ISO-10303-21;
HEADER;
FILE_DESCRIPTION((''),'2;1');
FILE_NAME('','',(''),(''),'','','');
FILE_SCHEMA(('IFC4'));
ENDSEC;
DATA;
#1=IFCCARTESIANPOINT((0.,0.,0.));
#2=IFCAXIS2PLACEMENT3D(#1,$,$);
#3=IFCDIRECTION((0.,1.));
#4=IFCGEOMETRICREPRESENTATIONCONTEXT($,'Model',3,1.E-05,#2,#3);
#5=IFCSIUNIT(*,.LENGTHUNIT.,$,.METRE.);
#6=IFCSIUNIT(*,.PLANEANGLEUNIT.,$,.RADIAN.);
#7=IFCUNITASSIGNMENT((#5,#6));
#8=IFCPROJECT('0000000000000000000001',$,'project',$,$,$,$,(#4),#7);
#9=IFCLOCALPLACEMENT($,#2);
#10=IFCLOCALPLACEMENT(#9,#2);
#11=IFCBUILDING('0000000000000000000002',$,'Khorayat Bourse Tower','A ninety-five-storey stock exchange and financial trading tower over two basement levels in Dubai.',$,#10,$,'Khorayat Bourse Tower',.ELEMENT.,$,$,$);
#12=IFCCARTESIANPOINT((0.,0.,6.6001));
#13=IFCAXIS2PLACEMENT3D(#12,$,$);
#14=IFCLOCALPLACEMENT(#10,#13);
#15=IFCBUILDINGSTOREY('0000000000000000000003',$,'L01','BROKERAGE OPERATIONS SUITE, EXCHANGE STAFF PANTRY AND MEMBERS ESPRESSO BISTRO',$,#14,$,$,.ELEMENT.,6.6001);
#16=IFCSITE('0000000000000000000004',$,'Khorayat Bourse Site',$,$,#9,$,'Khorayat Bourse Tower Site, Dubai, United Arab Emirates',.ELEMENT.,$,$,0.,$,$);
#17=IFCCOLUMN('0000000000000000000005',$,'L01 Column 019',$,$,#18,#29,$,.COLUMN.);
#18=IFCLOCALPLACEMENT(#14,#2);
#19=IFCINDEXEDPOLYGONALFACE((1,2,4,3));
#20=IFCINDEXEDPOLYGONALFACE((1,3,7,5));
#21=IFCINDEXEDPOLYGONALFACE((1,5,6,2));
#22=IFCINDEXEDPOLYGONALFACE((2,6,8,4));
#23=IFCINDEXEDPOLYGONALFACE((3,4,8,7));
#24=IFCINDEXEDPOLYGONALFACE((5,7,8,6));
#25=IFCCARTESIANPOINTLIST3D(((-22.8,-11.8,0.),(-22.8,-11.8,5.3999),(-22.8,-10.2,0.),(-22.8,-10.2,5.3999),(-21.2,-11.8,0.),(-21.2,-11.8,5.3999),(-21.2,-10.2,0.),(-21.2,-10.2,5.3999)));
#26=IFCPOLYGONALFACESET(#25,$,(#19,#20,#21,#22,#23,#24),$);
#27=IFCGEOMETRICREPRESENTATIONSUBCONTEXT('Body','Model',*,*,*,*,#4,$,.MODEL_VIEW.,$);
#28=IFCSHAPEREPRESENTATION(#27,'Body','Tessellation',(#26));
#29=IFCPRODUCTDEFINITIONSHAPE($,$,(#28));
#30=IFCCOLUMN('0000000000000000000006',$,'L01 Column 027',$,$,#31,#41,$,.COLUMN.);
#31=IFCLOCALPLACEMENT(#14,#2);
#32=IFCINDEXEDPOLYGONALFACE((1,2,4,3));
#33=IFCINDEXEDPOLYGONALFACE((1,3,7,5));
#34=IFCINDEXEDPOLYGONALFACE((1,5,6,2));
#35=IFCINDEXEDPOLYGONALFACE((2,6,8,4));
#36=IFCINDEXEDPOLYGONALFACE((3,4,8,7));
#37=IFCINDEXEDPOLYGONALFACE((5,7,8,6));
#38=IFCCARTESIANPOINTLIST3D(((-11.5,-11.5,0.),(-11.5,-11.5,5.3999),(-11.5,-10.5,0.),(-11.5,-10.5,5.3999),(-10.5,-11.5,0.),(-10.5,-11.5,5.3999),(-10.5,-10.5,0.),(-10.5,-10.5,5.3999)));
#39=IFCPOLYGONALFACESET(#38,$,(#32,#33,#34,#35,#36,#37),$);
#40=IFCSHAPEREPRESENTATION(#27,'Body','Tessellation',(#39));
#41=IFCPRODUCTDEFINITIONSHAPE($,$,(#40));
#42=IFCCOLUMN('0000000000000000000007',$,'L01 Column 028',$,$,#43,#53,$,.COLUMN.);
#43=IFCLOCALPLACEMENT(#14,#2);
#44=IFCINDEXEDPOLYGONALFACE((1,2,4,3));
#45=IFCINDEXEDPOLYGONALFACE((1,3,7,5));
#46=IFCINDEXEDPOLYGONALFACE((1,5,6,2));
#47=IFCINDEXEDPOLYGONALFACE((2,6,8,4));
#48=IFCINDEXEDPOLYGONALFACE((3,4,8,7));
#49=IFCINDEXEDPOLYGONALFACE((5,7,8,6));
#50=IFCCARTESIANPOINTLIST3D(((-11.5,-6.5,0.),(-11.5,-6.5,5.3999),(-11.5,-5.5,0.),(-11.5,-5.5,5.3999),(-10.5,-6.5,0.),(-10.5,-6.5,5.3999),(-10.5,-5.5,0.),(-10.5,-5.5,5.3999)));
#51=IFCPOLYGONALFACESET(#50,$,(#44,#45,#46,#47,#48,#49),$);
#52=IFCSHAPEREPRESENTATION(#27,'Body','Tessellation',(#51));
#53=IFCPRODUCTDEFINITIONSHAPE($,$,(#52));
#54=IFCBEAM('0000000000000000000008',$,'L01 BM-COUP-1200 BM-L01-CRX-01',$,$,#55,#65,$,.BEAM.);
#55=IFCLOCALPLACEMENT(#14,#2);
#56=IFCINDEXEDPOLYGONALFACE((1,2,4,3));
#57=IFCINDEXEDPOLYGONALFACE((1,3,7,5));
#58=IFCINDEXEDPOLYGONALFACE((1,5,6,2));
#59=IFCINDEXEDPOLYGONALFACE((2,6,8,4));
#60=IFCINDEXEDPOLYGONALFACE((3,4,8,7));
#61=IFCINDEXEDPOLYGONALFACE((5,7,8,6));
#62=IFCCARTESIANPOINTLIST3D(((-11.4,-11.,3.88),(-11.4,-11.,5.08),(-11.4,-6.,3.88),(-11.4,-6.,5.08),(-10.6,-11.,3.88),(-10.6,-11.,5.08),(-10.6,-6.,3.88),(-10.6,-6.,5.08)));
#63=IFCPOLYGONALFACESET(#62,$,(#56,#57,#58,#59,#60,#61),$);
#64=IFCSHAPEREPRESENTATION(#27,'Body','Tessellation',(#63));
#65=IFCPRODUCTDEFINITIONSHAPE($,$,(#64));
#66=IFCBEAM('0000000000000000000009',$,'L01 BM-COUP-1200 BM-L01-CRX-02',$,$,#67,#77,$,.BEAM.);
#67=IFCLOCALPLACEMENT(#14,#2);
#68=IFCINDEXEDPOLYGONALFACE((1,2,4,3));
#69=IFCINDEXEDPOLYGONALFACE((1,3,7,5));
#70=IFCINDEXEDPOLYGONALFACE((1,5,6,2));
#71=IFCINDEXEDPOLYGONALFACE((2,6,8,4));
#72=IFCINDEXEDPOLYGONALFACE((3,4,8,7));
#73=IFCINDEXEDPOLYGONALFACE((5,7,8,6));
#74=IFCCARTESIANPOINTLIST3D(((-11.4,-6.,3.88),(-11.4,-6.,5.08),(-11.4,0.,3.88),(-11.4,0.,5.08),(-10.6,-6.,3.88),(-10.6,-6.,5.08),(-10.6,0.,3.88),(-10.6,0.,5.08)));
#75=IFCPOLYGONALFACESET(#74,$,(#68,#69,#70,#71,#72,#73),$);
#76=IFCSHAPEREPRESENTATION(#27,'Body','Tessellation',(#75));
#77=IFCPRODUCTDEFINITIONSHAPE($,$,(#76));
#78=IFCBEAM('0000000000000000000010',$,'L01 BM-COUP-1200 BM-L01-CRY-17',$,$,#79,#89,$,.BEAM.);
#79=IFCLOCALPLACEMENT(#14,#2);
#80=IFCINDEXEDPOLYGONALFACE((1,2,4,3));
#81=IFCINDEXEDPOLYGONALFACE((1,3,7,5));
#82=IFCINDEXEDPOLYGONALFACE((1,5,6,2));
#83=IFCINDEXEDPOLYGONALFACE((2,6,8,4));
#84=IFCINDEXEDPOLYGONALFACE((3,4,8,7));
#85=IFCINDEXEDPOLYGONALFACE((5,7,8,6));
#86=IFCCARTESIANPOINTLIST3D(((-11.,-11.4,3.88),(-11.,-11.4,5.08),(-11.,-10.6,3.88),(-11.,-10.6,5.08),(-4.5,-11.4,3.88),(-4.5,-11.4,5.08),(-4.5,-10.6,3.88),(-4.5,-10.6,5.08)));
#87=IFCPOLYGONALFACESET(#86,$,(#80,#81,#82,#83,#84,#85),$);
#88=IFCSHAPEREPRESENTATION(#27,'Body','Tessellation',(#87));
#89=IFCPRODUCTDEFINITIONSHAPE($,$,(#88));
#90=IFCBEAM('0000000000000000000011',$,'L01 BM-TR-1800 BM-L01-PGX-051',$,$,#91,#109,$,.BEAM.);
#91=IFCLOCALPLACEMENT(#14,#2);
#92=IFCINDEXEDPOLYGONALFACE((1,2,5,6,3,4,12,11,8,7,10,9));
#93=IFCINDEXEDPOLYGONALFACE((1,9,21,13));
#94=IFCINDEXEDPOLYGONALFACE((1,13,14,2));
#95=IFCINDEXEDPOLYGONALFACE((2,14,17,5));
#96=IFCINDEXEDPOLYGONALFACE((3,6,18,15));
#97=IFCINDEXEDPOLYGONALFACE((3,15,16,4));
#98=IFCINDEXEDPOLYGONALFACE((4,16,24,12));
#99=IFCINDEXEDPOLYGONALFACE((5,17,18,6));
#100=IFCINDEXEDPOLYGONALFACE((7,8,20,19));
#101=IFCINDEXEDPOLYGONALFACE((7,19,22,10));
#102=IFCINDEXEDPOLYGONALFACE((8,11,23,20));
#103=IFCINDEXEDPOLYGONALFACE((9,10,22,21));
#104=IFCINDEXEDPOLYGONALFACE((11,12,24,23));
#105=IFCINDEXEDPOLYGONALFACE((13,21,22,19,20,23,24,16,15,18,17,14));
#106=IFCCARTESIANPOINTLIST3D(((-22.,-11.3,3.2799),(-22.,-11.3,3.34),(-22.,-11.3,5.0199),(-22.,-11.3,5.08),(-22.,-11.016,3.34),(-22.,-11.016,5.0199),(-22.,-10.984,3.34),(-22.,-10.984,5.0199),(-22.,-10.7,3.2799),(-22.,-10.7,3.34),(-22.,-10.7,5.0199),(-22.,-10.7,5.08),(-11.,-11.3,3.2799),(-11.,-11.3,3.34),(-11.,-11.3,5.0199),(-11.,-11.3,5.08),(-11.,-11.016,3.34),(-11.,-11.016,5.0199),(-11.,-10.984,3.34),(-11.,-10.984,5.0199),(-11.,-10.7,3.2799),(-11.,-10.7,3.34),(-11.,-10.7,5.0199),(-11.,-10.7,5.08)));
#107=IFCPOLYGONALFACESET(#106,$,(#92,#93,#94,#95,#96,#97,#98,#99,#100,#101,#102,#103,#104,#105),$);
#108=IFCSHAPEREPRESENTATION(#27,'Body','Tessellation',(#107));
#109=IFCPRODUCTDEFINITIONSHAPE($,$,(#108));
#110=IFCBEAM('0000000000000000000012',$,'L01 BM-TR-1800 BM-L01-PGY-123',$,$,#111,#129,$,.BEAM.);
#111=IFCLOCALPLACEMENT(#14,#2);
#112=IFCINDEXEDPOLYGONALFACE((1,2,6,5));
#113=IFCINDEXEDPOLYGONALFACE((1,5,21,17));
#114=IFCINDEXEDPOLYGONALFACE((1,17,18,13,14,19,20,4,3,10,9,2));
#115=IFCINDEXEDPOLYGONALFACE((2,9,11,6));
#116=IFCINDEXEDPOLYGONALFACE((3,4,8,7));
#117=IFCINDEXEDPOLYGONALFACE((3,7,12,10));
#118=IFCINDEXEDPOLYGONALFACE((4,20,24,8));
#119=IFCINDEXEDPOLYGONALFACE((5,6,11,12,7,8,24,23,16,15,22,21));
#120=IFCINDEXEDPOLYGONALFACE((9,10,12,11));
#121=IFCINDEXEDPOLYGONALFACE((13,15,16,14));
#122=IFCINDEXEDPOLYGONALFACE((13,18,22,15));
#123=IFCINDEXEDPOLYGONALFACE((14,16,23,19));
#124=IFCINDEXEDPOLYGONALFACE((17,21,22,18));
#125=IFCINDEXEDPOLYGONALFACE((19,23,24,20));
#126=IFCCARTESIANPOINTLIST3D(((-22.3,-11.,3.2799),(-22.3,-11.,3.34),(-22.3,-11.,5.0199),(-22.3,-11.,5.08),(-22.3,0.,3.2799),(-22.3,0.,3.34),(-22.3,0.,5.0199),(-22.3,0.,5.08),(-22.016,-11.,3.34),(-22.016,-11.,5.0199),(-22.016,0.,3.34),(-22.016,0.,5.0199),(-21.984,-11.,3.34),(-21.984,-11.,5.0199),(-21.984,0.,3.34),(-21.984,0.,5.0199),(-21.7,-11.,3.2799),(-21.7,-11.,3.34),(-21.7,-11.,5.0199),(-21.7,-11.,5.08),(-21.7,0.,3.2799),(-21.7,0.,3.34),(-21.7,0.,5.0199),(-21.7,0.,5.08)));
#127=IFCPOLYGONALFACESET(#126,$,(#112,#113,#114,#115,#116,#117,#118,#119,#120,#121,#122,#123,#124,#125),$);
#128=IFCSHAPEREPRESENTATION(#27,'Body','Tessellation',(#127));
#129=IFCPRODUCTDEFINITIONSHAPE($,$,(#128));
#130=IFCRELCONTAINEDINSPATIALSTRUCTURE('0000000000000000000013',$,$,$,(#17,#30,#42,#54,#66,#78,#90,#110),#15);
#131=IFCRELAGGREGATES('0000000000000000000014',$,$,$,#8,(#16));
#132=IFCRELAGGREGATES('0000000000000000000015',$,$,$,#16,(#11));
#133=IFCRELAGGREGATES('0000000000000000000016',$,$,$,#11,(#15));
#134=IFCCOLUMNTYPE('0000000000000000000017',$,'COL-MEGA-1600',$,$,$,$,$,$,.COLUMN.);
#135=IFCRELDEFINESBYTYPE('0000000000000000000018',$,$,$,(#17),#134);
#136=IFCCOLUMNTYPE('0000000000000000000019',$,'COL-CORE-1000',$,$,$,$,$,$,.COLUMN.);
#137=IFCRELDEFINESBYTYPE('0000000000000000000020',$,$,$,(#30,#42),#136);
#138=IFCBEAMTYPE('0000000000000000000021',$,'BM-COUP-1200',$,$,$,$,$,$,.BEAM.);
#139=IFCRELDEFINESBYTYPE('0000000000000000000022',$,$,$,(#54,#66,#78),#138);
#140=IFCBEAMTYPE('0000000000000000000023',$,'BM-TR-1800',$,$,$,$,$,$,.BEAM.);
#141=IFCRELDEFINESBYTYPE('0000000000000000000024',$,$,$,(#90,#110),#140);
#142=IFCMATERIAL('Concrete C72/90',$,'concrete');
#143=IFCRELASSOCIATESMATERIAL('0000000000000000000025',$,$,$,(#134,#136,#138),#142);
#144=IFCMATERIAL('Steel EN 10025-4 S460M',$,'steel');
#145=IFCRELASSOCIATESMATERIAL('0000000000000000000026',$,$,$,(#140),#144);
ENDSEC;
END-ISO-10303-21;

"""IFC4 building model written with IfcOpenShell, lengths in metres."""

from ifc_helpers import new_model, si_unit, direction, frame, origin, origin_2d, place, context, subcontext, project, spatial, rectangle, i_section, extrude, source, transform, mapped, material, material_profile, profile_set, type_object, element, save


model = new_model("IFC4")

# Units and contexts
model_context = context("Model", 3, precision=1e-05, world=origin(), true_north=direction((0.0, 1.0)))
body_context = subcontext(model_context, "Body", "Model", "MODEL_VIEW")
ifc_project = project(units=[si_unit("LENGTHUNIT", "METRE"), si_unit("PLANEANGLEUNIT", "RADIAN")], contexts=[model_context])

# Site, building, storey
site_placement = place(None, origin())
site = spatial("IfcSite", under=ifc_project, at=site_placement, Name="Khorayat Bourse Site", LongName="Khorayat Bourse Tower Site, Dubai, United Arab Emirates", CompositionType="ELEMENT", RefElevation=0.0)
building_placement = place(site_placement, origin())
building = spatial("IfcBuilding", under=site, at=building_placement, Name="Khorayat Bourse Tower", Description="A ninety-five-storey stock exchange and financial trading tower over two basement levels in Dubai.", LongName="Khorayat Bourse Tower", CompositionType="ELEMENT")
storey_placement = place(building_placement, frame((0.0, 0.0, 6.6001)))
storey = spatial("IfcBuildingStorey", under=building, at=storey_placement, Name="L01", Description="BROKERAGE OPERATIONS SUITE, EXCHANGE STAFF PANTRY AND MEMBERS ESPRESSO BISTRO", CompositionType="ELEMENT", Elevation=6.6001)

# Columns
ifc_material_1 = material(Name="Concrete C72/90", Category="concrete")
ifc_material_profile_1 = material_profile(ifc_material_1, rectangle(XDim=1.6001, YDim=1.6001, at=origin_2d()), Name="RC 1600x1600")
ifc_profile_set_1 = profile_set([ifc_material_profile_1], Name="Concrete C72/90")
column_type_1 = type_object("IfcColumnType", Name="COL-MEGA-1600", PredefinedType="COLUMN", material=ifc_profile_set_1)
shared_shape_1 = source(origin(), body_context, "Body", "SweptSolid", [
    extrude(rectangle(XDim=1.6001, YDim=1.6001, at=origin_2d()), origin(), (0.0, 0.0, 1.0), 5.3999),
])
column_placement = place(storey_placement, frame((-22.0, -11.0, 0.0), z_axis=(0.0, 0.0, 1.0), x_axis=(1.0, 0.0, 0.0)))
element("IfcColumn", 1, at=column_placement, inside=storey, type_object=column_type_1, Name="L01 Column 019", PredefinedType="COLUMN", context=body_context, shape_type="MappedRepresentation", body=[
    mapped(shared_shape_1, transform((0.0, 0.0, 0.0), scale=1.0)),
])
ifc_material_profile_2 = material_profile(ifc_material_1, rectangle(XDim=1.0, YDim=1.0, at=origin_2d()), Name="RC 1000x1000")
ifc_profile_set_2 = profile_set([ifc_material_profile_2], Name="Concrete C72/90")
column_type_2 = type_object("IfcColumnType", Name="COL-CORE-1000", PredefinedType="COLUMN", material=ifc_profile_set_2)
shared_shape_2 = source(origin(), body_context, "Body", "SweptSolid", [
    extrude(rectangle(XDim=1.0, YDim=1.0, at=origin_2d()), origin(), (0.0, 0.0, 1.0), 5.3999),
])
for number, where, z_axis, x_axis, name in (
    (2, (-11.0, -11.0, 0.0), (0.0, 0.0, 1.0), (1.0, 0.0, 0.0), "L01 Column 027"),
    (3, (-11.0, -6.0, 0.0), (0.0, 0.0, 1.0), (1.0, 0.0, 0.0), "L01 Column 028"),
):
    element("IfcColumn", number, at=place(storey_placement, frame(where, z_axis=z_axis, x_axis=x_axis)), inside=storey, type_object=column_type_2, Name=name, PredefinedType="COLUMN", context=body_context, shape_type="MappedRepresentation", body=[
        mapped(shared_shape_2, transform((0.0, 0.0, 0.0), scale=1.0)),
    ])

# Beams
ifc_material_profile_3 = material_profile(ifc_material_1, rectangle(XDim=0.8, YDim=1.2, at=origin_2d()), Name="RC 800x1200")
ifc_profile_set_3 = profile_set([ifc_material_profile_3], Name="Concrete C72/90")
beam_type_1 = type_object("IfcBeamType", Name="BM-COUP-1200", PredefinedType="BEAM", material=ifc_profile_set_3)
shared_shape_3 = source(origin(), body_context, "Body", "SweptSolid", [
    extrude(rectangle(XDim=0.8, YDim=1.2, at=origin_2d()), origin(), (0.0, 0.0, 1.0), 5.0),
])
beam_1_placement = place(storey_placement, frame((-11.0, -11.0, 4.48), z_axis=(0.0, 1.0, 0.0), x_axis=(-1.0, 0.0, 0.0)))
element("IfcBeam", 4, at=beam_1_placement, inside=storey, type_object=beam_type_1, Name="L01 BM-COUP-1200 BM-L01-CRX-01", PredefinedType="BEAM", context=body_context, shape_type="MappedRepresentation", body=[
    mapped(shared_shape_3, transform((0.0, 0.0, 0.0), scale=1.0)),
])
shared_shape_4 = source(origin(), body_context, "Body", "SweptSolid", [
    extrude(rectangle(XDim=0.8, YDim=1.2, at=origin_2d()), origin(), (0.0, 0.0, 1.0), 6.0),
])
beam_2_placement = place(storey_placement, frame((-11.0, -6.0, 4.48), z_axis=(0.0, 1.0, 0.0), x_axis=(-1.0, 0.0, 0.0)))
element("IfcBeam", 5, at=beam_2_placement, inside=storey, type_object=beam_type_1, Name="L01 BM-COUP-1200 BM-L01-CRX-02", PredefinedType="BEAM", context=body_context, shape_type="MappedRepresentation", body=[
    mapped(shared_shape_4, transform((0.0, 0.0, 0.0), scale=1.0)),
])
shared_shape_5 = source(origin(), body_context, "Body", "SweptSolid", [
    extrude(rectangle(XDim=0.8, YDim=1.2, at=origin_2d()), origin(), (0.0, 0.0, 1.0), 6.5),
])
beam_3_placement = place(storey_placement, frame((-11.0, -11.0, 4.48), z_axis=(1.0, 0.0, 0.0), x_axis=(0.0, 1.0, 0.0)))
element("IfcBeam", 6, at=beam_3_placement, inside=storey, type_object=beam_type_1, Name="L01 BM-COUP-1200 BM-L01-CRY-17", PredefinedType="BEAM", context=body_context, shape_type="MappedRepresentation", body=[
    mapped(shared_shape_5, transform((0.0, 0.0, 0.0), scale=1.0)),
])
ifc_material_2 = material(Name="Steel EN 10025-4 S460M", Category="steel")
ifc_material_profile_4 = material_profile(ifc_material_2, i_section(OverallWidth=0.6001, OverallDepth=1.8, WebThickness=0.032, FlangeThickness=0.0601, at=origin_2d()), Name="PG 1800x600x32x60")
ifc_profile_set_4 = profile_set([ifc_material_profile_4], Name="Steel EN 10025-4 S460M")
beam_type_2 = type_object("IfcBeamType", Name="BM-TR-1800", PredefinedType="BEAM", material=ifc_profile_set_4)
shared_shape_6 = source(origin(), body_context, "Body", "SweptSolid", [
    extrude(i_section(OverallWidth=0.6001, OverallDepth=1.8, WebThickness=0.032, FlangeThickness=0.0601, at=origin_2d()), origin(), (0.0, 0.0, 1.0), 11.0),
])
for number, where, z_axis, x_axis, name in (
    (7, (-22.0, -11.0, 4.1799), (1.0, 0.0, 0.0), (0.0, 1.0, 0.0), "L01 BM-TR-1800 BM-L01-PGX-051"),
    (8, (-22.0, -11.0, 4.1799), (0.0, 1.0, 0.0), (-1.0, 0.0, 0.0), "L01 BM-TR-1800 BM-L01-PGY-123"),
):
    element("IfcBeam", number, at=place(storey_placement, frame(where, z_axis=z_axis, x_axis=x_axis)), inside=storey, type_object=beam_type_2, Name=name, PredefinedType="BEAM", context=body_context, shape_type="MappedRepresentation", body=[
        mapped(shared_shape_6, transform((0.0, 0.0, 0.0), scale=1.0)),
    ])

save(model, "model.ifc")
